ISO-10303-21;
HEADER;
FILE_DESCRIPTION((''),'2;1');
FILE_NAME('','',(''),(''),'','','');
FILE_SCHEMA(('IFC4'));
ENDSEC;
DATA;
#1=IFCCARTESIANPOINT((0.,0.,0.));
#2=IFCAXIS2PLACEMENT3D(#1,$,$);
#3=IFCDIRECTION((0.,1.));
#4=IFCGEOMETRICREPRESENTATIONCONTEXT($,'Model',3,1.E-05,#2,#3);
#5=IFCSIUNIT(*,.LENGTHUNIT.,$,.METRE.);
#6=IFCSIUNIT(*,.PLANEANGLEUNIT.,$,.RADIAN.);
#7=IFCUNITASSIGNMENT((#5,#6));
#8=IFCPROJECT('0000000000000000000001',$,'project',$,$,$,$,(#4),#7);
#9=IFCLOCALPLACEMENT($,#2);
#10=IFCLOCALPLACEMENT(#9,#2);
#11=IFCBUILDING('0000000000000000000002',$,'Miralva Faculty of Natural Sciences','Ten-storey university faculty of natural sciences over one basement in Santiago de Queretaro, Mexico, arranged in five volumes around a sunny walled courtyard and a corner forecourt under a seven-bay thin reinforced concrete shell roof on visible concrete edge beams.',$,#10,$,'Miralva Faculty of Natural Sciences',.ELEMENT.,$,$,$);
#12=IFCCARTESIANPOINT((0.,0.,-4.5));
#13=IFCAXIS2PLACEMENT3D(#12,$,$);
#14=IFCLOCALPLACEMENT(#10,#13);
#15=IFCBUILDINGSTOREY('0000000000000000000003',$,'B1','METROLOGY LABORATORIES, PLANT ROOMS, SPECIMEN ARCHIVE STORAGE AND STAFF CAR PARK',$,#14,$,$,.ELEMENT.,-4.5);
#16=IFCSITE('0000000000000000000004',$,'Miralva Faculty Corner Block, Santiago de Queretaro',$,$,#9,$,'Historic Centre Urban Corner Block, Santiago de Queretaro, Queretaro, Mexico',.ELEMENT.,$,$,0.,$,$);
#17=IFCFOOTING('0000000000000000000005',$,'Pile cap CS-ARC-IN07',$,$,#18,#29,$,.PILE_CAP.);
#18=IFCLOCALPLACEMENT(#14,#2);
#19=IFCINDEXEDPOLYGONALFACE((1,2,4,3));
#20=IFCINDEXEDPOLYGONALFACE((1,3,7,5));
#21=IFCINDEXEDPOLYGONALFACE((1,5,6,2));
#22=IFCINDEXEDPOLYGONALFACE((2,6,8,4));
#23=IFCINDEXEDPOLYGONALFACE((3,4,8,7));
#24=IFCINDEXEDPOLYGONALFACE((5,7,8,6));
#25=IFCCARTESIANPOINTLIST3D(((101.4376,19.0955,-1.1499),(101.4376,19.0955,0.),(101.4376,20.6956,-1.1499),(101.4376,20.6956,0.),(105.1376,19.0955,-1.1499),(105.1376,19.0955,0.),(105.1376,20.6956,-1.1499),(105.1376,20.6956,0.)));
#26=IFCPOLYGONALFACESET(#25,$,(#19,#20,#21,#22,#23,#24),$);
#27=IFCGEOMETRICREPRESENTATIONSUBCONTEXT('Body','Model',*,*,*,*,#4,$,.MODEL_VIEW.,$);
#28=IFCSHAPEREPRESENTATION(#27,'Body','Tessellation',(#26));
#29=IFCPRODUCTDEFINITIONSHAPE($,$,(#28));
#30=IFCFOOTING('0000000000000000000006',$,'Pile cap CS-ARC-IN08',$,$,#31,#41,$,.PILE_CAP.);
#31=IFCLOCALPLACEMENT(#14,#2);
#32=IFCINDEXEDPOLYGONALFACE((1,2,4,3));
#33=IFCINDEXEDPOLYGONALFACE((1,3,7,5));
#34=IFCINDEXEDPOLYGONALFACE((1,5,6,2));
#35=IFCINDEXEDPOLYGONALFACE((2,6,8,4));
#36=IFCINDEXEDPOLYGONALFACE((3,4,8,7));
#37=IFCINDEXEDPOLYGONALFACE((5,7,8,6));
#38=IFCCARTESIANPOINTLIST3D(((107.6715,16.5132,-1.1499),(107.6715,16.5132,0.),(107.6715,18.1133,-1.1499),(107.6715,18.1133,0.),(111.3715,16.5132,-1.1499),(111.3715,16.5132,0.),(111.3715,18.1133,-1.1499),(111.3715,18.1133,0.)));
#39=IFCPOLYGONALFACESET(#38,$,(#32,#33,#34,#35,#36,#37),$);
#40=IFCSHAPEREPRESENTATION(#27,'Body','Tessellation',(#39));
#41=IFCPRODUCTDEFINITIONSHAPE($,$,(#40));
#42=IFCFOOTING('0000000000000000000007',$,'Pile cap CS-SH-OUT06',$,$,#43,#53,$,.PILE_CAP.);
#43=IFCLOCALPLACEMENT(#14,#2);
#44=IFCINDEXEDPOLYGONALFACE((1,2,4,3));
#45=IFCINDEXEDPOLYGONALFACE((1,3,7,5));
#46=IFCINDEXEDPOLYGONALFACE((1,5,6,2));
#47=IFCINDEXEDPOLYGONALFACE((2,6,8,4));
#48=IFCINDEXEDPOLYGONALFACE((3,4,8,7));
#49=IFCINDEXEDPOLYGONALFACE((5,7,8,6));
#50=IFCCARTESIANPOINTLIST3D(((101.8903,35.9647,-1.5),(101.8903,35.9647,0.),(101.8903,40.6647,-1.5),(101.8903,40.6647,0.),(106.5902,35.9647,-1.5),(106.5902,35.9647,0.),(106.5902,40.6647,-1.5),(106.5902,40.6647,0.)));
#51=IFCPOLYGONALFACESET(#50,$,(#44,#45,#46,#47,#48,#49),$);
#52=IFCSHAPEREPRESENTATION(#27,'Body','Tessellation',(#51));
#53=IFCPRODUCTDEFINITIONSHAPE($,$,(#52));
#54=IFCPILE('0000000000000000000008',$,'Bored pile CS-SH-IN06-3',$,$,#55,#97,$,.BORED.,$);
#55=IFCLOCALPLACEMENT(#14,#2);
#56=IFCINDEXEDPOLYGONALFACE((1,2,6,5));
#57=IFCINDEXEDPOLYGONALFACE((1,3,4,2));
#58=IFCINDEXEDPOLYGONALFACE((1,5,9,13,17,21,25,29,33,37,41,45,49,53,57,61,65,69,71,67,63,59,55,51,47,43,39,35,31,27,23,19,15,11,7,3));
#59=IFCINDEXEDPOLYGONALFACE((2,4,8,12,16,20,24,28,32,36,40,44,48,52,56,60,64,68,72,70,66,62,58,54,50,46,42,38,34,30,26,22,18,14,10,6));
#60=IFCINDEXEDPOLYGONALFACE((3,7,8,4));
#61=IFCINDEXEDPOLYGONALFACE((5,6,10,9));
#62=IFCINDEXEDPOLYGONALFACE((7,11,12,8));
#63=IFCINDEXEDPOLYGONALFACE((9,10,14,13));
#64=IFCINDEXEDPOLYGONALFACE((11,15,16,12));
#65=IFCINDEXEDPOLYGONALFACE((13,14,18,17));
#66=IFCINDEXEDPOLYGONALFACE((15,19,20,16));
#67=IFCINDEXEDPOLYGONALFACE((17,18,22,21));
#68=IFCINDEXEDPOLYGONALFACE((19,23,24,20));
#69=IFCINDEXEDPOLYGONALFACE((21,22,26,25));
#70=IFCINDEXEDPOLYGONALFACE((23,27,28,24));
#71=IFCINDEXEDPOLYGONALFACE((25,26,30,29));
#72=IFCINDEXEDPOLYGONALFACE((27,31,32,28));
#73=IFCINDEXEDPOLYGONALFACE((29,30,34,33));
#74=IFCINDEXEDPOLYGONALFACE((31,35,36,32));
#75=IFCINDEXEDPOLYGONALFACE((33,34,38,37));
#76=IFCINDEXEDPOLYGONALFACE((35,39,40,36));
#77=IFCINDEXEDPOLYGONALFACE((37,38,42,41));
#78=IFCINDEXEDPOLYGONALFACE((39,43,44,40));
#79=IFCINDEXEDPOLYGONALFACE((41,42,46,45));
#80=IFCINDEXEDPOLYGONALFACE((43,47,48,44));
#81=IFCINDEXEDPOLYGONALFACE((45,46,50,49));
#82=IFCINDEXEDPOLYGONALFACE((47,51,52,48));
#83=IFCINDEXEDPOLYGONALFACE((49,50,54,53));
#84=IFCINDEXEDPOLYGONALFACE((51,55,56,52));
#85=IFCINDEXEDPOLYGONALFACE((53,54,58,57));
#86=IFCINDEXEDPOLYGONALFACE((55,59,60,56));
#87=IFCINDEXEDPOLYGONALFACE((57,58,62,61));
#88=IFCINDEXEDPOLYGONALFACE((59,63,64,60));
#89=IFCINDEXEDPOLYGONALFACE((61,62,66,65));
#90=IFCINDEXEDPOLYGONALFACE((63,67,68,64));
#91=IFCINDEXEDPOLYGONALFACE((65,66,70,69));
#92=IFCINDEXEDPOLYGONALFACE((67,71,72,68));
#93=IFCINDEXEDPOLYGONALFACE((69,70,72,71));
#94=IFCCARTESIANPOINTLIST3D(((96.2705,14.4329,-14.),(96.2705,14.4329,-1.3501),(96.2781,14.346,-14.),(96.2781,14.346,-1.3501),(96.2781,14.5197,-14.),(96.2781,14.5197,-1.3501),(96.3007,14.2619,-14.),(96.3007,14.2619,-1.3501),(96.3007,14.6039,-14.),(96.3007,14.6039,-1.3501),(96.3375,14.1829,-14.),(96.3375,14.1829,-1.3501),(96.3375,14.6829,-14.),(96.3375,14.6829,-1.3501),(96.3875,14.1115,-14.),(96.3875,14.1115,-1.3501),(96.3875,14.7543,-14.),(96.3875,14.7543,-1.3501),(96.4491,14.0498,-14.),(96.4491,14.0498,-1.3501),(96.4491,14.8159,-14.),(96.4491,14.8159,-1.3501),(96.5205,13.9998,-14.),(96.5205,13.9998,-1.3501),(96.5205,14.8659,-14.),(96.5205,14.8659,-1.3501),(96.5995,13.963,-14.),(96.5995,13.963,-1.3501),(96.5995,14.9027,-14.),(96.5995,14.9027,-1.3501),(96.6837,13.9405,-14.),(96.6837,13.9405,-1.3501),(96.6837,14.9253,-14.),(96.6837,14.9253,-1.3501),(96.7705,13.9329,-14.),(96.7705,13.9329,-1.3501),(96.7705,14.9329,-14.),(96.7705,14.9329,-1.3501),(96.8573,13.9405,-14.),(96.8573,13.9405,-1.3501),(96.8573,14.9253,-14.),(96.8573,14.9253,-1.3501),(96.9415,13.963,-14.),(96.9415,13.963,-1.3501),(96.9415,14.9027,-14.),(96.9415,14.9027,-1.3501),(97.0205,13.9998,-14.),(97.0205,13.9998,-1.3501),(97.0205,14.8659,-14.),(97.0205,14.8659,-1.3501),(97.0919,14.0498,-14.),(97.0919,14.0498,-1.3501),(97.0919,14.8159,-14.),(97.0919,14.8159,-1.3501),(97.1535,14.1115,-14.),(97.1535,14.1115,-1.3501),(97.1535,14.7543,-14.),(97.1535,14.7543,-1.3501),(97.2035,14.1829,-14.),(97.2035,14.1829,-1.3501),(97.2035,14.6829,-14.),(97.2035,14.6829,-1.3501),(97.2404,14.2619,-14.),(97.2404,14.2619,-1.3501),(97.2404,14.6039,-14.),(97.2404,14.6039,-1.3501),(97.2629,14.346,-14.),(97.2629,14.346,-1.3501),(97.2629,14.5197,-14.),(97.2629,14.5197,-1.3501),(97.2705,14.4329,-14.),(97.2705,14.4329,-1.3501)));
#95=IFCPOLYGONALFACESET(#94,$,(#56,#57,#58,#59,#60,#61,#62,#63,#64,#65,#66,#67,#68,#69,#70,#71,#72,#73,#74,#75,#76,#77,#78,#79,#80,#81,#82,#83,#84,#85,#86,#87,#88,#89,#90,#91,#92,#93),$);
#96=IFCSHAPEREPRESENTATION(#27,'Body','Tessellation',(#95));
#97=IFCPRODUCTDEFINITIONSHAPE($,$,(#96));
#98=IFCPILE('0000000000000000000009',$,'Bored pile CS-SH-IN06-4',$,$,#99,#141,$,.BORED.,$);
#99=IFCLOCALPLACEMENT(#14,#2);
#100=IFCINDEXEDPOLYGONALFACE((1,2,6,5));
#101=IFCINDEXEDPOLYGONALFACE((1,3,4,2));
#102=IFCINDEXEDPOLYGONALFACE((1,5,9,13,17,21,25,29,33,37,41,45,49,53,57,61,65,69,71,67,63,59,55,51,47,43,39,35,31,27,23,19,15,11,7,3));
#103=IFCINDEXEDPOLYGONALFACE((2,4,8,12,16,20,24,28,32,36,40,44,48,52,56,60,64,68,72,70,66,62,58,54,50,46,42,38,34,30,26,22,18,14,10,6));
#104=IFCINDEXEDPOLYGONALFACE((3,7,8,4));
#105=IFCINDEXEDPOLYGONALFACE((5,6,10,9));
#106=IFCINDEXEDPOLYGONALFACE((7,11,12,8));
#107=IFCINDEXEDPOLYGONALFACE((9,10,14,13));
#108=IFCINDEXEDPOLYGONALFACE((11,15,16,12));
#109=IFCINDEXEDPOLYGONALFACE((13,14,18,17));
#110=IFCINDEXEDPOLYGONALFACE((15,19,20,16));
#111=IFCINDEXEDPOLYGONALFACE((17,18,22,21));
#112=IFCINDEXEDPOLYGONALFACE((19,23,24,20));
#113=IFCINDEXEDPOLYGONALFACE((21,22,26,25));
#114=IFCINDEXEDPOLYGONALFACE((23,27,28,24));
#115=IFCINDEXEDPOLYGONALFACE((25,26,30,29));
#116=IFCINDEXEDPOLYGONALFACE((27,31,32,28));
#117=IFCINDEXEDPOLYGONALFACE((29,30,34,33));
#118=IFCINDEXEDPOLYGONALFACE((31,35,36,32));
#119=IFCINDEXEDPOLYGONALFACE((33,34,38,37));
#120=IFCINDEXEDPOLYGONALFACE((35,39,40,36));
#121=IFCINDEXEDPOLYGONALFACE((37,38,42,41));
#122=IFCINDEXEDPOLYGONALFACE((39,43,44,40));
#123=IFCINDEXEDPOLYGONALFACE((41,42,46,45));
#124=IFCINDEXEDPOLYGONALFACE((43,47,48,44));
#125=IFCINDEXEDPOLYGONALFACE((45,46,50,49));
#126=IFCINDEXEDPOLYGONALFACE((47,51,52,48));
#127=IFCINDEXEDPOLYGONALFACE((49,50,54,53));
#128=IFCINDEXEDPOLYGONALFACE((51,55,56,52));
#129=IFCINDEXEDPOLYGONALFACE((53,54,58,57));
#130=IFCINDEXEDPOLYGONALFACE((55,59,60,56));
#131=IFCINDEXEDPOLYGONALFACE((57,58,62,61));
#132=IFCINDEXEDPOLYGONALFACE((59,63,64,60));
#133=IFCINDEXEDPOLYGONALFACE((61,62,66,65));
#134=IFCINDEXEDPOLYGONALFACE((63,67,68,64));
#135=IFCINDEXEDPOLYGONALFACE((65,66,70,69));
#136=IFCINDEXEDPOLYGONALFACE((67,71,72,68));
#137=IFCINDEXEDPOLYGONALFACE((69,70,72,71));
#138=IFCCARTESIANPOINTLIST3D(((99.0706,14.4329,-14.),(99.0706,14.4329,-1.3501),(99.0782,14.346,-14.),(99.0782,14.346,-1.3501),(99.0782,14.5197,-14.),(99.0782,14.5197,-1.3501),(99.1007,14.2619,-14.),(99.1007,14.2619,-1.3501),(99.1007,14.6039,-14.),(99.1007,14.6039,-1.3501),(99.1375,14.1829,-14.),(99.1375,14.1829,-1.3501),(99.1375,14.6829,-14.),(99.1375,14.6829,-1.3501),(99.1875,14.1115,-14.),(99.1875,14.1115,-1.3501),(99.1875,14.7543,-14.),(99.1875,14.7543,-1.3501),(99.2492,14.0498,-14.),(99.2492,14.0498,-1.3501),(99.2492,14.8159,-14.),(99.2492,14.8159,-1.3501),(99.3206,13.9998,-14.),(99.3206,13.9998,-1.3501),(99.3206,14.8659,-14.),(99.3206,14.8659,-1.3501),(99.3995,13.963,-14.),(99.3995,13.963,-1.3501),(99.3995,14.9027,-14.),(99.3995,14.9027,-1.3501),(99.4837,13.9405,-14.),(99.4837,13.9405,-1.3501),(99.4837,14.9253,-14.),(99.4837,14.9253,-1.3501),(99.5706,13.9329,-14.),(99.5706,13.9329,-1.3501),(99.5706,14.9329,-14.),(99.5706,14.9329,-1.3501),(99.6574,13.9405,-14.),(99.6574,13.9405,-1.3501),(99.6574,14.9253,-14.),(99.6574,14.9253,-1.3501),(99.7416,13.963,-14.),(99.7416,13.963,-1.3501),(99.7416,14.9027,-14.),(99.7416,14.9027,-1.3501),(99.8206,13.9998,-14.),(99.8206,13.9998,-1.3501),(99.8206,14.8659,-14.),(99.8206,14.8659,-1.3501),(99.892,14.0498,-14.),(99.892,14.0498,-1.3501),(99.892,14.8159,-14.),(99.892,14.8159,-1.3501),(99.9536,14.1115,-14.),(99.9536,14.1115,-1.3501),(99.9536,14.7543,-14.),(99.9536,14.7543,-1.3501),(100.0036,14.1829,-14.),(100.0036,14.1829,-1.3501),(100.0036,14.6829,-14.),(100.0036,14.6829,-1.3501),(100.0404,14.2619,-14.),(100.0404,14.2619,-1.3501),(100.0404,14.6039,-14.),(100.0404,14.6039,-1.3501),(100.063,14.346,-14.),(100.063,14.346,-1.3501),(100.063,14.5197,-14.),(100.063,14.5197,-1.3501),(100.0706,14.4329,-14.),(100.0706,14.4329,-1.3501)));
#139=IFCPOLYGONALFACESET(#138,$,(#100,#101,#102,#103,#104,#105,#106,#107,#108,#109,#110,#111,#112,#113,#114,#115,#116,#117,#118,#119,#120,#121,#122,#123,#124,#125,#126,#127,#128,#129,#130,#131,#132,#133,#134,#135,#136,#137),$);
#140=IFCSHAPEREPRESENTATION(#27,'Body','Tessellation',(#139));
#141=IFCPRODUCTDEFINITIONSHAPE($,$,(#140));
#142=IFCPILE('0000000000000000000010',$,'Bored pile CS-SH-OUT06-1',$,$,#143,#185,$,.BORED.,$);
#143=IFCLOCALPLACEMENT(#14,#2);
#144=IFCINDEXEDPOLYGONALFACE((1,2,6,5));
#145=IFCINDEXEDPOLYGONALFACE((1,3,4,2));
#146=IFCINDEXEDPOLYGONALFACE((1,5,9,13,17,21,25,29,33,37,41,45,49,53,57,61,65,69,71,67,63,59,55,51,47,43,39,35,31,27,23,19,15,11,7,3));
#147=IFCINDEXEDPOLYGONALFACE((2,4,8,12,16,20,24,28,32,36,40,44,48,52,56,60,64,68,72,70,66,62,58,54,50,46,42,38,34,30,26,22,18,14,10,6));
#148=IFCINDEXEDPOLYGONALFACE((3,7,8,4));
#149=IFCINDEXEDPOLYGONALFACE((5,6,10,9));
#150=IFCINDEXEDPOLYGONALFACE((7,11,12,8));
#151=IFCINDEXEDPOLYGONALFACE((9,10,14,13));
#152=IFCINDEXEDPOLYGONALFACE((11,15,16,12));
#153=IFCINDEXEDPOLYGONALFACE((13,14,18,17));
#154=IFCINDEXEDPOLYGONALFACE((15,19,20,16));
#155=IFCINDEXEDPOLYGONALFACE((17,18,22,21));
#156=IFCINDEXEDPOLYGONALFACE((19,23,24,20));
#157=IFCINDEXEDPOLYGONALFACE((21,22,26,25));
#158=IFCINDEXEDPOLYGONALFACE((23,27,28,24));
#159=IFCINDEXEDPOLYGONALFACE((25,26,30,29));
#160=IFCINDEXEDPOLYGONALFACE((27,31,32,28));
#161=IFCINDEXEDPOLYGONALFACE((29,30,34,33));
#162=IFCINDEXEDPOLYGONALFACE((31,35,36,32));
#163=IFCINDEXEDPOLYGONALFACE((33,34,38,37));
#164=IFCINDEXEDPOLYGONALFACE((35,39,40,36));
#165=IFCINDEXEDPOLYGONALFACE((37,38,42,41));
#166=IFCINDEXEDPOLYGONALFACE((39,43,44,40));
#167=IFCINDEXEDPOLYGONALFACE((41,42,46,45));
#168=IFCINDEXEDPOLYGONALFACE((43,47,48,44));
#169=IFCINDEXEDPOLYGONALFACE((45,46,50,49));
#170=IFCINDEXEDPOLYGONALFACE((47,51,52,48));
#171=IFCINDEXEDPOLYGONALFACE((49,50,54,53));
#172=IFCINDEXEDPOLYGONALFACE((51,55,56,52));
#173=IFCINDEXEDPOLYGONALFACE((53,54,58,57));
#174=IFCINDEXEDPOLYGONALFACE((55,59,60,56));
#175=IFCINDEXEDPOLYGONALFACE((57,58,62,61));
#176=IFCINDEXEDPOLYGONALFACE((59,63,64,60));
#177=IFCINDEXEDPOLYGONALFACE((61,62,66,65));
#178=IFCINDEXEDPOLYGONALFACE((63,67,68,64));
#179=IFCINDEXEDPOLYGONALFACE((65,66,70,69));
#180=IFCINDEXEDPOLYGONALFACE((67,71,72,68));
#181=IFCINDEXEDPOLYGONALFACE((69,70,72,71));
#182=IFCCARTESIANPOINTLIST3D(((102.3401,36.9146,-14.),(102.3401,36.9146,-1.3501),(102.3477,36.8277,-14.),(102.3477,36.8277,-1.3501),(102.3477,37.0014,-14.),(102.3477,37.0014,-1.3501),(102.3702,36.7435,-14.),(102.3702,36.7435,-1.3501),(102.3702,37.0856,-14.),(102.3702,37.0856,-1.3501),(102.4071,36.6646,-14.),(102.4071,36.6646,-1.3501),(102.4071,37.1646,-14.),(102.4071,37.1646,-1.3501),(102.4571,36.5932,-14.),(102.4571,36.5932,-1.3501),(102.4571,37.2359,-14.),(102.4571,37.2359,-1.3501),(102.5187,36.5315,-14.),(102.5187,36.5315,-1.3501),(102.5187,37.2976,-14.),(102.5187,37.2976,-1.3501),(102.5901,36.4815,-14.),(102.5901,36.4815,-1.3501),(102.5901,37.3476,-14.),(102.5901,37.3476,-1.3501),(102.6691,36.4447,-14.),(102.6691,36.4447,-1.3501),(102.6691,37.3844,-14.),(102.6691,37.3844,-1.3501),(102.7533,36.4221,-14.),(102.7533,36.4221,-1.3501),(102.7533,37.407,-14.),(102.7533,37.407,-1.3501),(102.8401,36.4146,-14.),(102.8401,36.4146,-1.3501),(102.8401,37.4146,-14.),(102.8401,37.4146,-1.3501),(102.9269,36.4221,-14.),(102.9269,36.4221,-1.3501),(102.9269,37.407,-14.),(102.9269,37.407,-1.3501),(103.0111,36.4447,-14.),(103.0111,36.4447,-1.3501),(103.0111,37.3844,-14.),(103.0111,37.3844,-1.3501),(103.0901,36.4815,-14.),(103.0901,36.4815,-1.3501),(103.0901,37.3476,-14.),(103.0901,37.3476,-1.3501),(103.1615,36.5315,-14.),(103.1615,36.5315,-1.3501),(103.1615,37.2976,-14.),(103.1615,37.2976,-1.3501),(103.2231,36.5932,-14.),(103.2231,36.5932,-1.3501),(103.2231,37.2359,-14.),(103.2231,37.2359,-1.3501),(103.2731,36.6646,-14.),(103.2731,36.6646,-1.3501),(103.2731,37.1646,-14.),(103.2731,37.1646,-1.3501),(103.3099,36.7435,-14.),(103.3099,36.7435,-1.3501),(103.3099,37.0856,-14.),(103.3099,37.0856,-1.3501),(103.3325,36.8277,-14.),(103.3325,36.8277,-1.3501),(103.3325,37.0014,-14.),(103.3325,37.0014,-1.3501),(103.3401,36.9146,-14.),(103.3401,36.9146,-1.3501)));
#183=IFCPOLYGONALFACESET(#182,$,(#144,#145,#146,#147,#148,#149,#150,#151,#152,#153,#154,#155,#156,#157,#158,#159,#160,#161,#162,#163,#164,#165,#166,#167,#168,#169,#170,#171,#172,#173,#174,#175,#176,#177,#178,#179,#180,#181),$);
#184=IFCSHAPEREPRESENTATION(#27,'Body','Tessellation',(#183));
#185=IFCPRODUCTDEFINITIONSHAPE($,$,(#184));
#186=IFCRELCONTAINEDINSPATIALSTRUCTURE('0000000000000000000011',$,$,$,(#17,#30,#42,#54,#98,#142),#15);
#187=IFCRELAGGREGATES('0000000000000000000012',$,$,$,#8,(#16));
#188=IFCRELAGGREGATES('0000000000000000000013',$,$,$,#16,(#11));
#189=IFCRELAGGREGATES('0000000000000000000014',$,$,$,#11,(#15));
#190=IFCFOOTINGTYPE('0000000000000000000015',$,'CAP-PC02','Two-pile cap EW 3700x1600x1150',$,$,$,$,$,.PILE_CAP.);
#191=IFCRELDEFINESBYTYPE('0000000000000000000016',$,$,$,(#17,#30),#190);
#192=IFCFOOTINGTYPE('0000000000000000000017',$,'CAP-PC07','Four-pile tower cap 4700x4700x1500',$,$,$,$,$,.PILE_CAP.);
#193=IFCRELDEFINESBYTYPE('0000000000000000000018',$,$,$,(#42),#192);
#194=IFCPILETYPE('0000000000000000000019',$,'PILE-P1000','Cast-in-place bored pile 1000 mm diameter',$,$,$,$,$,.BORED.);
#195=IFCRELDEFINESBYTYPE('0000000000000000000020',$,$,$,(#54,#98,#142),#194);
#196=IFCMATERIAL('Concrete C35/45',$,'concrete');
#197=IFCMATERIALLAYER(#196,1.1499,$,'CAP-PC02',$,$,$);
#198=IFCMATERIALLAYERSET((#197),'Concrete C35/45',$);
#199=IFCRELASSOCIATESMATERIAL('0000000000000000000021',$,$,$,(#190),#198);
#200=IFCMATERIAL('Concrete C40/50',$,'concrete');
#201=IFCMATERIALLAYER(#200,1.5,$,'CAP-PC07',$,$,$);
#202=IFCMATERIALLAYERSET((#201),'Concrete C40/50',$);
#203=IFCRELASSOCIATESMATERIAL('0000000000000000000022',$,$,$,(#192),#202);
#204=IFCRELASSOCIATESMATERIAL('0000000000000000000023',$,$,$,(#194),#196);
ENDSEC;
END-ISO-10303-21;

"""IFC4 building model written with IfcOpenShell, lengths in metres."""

from ifc_helpers import new_model, si_unit, direction, frame, origin, origin_2d, place, context, subcontext, project, spatial, rectangle, circle, extrude, material, layer, layer_set, material_profile, profile_set, type_object, element, save


model = new_model("IFC4")

# Units and contexts
model_context = context("Model", 3, precision=1e-05, world=origin(), true_north=direction((0.0, 1.0)))
body_context = subcontext(model_context, "Body", "Model", "MODEL_VIEW")
ifc_project = project(units=[si_unit("LENGTHUNIT", "METRE"), si_unit("PLANEANGLEUNIT", "RADIAN")], contexts=[model_context])

# Site, building, storey
site_placement = place(None, origin())
site = spatial("IfcSite", under=ifc_project, at=site_placement, Name="Miralva Faculty Corner Block, Santiago de Queretaro", LongName="Historic Centre Urban Corner Block, Santiago de Queretaro, Queretaro, Mexico", CompositionType="ELEMENT", RefElevation=0.0)
building_placement = place(site_placement, origin())
building = spatial("IfcBuilding", under=site, at=building_placement, Name="Miralva Faculty of Natural Sciences", Description="Ten-storey university faculty of natural sciences over one basement in Santiago de Queretaro, Mexico, arranged in five volumes around a sunny walled courtyard and a corner forecourt under a seven-bay thin reinforced concrete shell roof on visible concrete edge beams.", LongName="Miralva Faculty of Natural Sciences", CompositionType="ELEMENT")
storey_placement = place(building_placement, frame((0.0, 0.0, -4.5)))
storey = spatial("IfcBuildingStorey", under=building, at=storey_placement, Name="B1", Description="METROLOGY LABORATORIES, PLANT ROOMS, SPECIMEN ARCHIVE STORAGE AND STAFF CAR PARK", CompositionType="ELEMENT", Elevation=-4.5)

# Footings
ifc_material_1 = material(Name="Concrete C35/45", Category="concrete")
ifc_layer_1 = layer(ifc_material_1, 1.1499, Name="CAP-PC02")
ifc_layer_set_1 = layer_set([ifc_layer_1], Name="Concrete C35/45")
footing_type_1 = type_object("IfcFootingType", Name="CAP-PC02", Description="Two-pile cap EW 3700x1600x1150", PredefinedType="PILE_CAP", material=ifc_layer_set_1)
for number, where, z_axis, x_axis, name in (
    (1, (103.2876, 19.8955, -1.1499), (0.0, 0.0, 1.0), (1.0, 0.0, 0.0), "Pile cap CS-ARC-IN07"),
    (2, (109.5215, 17.3132, -1.1499), (0.0, 0.0, 1.0), (1.0, 0.0, 0.0), "Pile cap CS-ARC-IN08"),
):
    element("IfcFooting", number, at=place(storey_placement, frame(where, z_axis=z_axis, x_axis=x_axis)), inside=storey, type_object=footing_type_1, Name=name, PredefinedType="PILE_CAP", context=body_context, shape_type="SweptSolid", body=[
        extrude(rectangle(XDim=3.7, YDim=1.6001, at=origin_2d()), origin(), (0.0, 0.0, 1.0), 1.1499),
    ])
ifc_material_2 = material(Name="Concrete C40/50", Category="concrete")
ifc_layer_2 = layer(ifc_material_2, 1.5, Name="CAP-PC07")
ifc_layer_set_2 = layer_set([ifc_layer_2], Name="Concrete C40/50")
footing_type_2 = type_object("IfcFootingType", Name="CAP-PC07", Description="Four-pile tower cap 4700x4700x1500", PredefinedType="PILE_CAP", material=ifc_layer_set_2)
footing_placement = place(storey_placement, frame((104.2402, 38.3147, -1.5), z_axis=(0.0, 0.0, 1.0), x_axis=(1.0, 0.0, 0.0)))
element("IfcFooting", 3, at=footing_placement, inside=storey, type_object=footing_type_2, Name="Pile cap CS-SH-OUT06", PredefinedType="PILE_CAP", context=body_context, shape_type="SweptSolid", body=[
    extrude(rectangle(XDim=4.7, YDim=4.7, at=origin_2d()), origin(), (0.0, 0.0, 1.0), 1.5),
])

# Piles
ifc_material_profile_1 = material_profile(ifc_material_1, circle(Radius=0.5, at=origin_2d()), Name="BORED PILE 1000")
ifc_profile_set_1 = profile_set([ifc_material_profile_1], Name="Concrete C35/45")
pile_type_1 = type_object("IfcPileType", Name="PILE-P1000", Description="Cast-in-place bored pile 1000 mm diameter", PredefinedType="BORED", material=ifc_profile_set_1)
for number, where, z_axis, x_axis, name in (
    (4, (96.7705, 14.4329, -1.3501), (0.0, 0.0, -1.0), (1.0, 0.0, 0.0), "Bored pile CS-SH-IN06-3"),
    (5, (99.5706, 14.4329, -1.3501), (0.0, 0.0, -1.0), (1.0, 0.0, 0.0), "Bored pile CS-SH-IN06-4"),
    (6, (102.8401, 36.9146, -1.3501), (0.0, 0.0, -1.0), (1.0, 0.0, 0.0), "Bored pile CS-SH-OUT06-1"),
):
    element("IfcPile", number, at=place(storey_placement, frame(where, z_axis=z_axis, x_axis=x_axis)), inside=storey, type_object=pile_type_1, Name=name, PredefinedType="BORED", context=body_context, shape_type="SweptSolid", body=[
        extrude(circle(Radius=0.5, at=origin_2d()), origin(), (0.0, 0.0, 1.0), 12.6499),
    ])

save(model, "model.ifc")
